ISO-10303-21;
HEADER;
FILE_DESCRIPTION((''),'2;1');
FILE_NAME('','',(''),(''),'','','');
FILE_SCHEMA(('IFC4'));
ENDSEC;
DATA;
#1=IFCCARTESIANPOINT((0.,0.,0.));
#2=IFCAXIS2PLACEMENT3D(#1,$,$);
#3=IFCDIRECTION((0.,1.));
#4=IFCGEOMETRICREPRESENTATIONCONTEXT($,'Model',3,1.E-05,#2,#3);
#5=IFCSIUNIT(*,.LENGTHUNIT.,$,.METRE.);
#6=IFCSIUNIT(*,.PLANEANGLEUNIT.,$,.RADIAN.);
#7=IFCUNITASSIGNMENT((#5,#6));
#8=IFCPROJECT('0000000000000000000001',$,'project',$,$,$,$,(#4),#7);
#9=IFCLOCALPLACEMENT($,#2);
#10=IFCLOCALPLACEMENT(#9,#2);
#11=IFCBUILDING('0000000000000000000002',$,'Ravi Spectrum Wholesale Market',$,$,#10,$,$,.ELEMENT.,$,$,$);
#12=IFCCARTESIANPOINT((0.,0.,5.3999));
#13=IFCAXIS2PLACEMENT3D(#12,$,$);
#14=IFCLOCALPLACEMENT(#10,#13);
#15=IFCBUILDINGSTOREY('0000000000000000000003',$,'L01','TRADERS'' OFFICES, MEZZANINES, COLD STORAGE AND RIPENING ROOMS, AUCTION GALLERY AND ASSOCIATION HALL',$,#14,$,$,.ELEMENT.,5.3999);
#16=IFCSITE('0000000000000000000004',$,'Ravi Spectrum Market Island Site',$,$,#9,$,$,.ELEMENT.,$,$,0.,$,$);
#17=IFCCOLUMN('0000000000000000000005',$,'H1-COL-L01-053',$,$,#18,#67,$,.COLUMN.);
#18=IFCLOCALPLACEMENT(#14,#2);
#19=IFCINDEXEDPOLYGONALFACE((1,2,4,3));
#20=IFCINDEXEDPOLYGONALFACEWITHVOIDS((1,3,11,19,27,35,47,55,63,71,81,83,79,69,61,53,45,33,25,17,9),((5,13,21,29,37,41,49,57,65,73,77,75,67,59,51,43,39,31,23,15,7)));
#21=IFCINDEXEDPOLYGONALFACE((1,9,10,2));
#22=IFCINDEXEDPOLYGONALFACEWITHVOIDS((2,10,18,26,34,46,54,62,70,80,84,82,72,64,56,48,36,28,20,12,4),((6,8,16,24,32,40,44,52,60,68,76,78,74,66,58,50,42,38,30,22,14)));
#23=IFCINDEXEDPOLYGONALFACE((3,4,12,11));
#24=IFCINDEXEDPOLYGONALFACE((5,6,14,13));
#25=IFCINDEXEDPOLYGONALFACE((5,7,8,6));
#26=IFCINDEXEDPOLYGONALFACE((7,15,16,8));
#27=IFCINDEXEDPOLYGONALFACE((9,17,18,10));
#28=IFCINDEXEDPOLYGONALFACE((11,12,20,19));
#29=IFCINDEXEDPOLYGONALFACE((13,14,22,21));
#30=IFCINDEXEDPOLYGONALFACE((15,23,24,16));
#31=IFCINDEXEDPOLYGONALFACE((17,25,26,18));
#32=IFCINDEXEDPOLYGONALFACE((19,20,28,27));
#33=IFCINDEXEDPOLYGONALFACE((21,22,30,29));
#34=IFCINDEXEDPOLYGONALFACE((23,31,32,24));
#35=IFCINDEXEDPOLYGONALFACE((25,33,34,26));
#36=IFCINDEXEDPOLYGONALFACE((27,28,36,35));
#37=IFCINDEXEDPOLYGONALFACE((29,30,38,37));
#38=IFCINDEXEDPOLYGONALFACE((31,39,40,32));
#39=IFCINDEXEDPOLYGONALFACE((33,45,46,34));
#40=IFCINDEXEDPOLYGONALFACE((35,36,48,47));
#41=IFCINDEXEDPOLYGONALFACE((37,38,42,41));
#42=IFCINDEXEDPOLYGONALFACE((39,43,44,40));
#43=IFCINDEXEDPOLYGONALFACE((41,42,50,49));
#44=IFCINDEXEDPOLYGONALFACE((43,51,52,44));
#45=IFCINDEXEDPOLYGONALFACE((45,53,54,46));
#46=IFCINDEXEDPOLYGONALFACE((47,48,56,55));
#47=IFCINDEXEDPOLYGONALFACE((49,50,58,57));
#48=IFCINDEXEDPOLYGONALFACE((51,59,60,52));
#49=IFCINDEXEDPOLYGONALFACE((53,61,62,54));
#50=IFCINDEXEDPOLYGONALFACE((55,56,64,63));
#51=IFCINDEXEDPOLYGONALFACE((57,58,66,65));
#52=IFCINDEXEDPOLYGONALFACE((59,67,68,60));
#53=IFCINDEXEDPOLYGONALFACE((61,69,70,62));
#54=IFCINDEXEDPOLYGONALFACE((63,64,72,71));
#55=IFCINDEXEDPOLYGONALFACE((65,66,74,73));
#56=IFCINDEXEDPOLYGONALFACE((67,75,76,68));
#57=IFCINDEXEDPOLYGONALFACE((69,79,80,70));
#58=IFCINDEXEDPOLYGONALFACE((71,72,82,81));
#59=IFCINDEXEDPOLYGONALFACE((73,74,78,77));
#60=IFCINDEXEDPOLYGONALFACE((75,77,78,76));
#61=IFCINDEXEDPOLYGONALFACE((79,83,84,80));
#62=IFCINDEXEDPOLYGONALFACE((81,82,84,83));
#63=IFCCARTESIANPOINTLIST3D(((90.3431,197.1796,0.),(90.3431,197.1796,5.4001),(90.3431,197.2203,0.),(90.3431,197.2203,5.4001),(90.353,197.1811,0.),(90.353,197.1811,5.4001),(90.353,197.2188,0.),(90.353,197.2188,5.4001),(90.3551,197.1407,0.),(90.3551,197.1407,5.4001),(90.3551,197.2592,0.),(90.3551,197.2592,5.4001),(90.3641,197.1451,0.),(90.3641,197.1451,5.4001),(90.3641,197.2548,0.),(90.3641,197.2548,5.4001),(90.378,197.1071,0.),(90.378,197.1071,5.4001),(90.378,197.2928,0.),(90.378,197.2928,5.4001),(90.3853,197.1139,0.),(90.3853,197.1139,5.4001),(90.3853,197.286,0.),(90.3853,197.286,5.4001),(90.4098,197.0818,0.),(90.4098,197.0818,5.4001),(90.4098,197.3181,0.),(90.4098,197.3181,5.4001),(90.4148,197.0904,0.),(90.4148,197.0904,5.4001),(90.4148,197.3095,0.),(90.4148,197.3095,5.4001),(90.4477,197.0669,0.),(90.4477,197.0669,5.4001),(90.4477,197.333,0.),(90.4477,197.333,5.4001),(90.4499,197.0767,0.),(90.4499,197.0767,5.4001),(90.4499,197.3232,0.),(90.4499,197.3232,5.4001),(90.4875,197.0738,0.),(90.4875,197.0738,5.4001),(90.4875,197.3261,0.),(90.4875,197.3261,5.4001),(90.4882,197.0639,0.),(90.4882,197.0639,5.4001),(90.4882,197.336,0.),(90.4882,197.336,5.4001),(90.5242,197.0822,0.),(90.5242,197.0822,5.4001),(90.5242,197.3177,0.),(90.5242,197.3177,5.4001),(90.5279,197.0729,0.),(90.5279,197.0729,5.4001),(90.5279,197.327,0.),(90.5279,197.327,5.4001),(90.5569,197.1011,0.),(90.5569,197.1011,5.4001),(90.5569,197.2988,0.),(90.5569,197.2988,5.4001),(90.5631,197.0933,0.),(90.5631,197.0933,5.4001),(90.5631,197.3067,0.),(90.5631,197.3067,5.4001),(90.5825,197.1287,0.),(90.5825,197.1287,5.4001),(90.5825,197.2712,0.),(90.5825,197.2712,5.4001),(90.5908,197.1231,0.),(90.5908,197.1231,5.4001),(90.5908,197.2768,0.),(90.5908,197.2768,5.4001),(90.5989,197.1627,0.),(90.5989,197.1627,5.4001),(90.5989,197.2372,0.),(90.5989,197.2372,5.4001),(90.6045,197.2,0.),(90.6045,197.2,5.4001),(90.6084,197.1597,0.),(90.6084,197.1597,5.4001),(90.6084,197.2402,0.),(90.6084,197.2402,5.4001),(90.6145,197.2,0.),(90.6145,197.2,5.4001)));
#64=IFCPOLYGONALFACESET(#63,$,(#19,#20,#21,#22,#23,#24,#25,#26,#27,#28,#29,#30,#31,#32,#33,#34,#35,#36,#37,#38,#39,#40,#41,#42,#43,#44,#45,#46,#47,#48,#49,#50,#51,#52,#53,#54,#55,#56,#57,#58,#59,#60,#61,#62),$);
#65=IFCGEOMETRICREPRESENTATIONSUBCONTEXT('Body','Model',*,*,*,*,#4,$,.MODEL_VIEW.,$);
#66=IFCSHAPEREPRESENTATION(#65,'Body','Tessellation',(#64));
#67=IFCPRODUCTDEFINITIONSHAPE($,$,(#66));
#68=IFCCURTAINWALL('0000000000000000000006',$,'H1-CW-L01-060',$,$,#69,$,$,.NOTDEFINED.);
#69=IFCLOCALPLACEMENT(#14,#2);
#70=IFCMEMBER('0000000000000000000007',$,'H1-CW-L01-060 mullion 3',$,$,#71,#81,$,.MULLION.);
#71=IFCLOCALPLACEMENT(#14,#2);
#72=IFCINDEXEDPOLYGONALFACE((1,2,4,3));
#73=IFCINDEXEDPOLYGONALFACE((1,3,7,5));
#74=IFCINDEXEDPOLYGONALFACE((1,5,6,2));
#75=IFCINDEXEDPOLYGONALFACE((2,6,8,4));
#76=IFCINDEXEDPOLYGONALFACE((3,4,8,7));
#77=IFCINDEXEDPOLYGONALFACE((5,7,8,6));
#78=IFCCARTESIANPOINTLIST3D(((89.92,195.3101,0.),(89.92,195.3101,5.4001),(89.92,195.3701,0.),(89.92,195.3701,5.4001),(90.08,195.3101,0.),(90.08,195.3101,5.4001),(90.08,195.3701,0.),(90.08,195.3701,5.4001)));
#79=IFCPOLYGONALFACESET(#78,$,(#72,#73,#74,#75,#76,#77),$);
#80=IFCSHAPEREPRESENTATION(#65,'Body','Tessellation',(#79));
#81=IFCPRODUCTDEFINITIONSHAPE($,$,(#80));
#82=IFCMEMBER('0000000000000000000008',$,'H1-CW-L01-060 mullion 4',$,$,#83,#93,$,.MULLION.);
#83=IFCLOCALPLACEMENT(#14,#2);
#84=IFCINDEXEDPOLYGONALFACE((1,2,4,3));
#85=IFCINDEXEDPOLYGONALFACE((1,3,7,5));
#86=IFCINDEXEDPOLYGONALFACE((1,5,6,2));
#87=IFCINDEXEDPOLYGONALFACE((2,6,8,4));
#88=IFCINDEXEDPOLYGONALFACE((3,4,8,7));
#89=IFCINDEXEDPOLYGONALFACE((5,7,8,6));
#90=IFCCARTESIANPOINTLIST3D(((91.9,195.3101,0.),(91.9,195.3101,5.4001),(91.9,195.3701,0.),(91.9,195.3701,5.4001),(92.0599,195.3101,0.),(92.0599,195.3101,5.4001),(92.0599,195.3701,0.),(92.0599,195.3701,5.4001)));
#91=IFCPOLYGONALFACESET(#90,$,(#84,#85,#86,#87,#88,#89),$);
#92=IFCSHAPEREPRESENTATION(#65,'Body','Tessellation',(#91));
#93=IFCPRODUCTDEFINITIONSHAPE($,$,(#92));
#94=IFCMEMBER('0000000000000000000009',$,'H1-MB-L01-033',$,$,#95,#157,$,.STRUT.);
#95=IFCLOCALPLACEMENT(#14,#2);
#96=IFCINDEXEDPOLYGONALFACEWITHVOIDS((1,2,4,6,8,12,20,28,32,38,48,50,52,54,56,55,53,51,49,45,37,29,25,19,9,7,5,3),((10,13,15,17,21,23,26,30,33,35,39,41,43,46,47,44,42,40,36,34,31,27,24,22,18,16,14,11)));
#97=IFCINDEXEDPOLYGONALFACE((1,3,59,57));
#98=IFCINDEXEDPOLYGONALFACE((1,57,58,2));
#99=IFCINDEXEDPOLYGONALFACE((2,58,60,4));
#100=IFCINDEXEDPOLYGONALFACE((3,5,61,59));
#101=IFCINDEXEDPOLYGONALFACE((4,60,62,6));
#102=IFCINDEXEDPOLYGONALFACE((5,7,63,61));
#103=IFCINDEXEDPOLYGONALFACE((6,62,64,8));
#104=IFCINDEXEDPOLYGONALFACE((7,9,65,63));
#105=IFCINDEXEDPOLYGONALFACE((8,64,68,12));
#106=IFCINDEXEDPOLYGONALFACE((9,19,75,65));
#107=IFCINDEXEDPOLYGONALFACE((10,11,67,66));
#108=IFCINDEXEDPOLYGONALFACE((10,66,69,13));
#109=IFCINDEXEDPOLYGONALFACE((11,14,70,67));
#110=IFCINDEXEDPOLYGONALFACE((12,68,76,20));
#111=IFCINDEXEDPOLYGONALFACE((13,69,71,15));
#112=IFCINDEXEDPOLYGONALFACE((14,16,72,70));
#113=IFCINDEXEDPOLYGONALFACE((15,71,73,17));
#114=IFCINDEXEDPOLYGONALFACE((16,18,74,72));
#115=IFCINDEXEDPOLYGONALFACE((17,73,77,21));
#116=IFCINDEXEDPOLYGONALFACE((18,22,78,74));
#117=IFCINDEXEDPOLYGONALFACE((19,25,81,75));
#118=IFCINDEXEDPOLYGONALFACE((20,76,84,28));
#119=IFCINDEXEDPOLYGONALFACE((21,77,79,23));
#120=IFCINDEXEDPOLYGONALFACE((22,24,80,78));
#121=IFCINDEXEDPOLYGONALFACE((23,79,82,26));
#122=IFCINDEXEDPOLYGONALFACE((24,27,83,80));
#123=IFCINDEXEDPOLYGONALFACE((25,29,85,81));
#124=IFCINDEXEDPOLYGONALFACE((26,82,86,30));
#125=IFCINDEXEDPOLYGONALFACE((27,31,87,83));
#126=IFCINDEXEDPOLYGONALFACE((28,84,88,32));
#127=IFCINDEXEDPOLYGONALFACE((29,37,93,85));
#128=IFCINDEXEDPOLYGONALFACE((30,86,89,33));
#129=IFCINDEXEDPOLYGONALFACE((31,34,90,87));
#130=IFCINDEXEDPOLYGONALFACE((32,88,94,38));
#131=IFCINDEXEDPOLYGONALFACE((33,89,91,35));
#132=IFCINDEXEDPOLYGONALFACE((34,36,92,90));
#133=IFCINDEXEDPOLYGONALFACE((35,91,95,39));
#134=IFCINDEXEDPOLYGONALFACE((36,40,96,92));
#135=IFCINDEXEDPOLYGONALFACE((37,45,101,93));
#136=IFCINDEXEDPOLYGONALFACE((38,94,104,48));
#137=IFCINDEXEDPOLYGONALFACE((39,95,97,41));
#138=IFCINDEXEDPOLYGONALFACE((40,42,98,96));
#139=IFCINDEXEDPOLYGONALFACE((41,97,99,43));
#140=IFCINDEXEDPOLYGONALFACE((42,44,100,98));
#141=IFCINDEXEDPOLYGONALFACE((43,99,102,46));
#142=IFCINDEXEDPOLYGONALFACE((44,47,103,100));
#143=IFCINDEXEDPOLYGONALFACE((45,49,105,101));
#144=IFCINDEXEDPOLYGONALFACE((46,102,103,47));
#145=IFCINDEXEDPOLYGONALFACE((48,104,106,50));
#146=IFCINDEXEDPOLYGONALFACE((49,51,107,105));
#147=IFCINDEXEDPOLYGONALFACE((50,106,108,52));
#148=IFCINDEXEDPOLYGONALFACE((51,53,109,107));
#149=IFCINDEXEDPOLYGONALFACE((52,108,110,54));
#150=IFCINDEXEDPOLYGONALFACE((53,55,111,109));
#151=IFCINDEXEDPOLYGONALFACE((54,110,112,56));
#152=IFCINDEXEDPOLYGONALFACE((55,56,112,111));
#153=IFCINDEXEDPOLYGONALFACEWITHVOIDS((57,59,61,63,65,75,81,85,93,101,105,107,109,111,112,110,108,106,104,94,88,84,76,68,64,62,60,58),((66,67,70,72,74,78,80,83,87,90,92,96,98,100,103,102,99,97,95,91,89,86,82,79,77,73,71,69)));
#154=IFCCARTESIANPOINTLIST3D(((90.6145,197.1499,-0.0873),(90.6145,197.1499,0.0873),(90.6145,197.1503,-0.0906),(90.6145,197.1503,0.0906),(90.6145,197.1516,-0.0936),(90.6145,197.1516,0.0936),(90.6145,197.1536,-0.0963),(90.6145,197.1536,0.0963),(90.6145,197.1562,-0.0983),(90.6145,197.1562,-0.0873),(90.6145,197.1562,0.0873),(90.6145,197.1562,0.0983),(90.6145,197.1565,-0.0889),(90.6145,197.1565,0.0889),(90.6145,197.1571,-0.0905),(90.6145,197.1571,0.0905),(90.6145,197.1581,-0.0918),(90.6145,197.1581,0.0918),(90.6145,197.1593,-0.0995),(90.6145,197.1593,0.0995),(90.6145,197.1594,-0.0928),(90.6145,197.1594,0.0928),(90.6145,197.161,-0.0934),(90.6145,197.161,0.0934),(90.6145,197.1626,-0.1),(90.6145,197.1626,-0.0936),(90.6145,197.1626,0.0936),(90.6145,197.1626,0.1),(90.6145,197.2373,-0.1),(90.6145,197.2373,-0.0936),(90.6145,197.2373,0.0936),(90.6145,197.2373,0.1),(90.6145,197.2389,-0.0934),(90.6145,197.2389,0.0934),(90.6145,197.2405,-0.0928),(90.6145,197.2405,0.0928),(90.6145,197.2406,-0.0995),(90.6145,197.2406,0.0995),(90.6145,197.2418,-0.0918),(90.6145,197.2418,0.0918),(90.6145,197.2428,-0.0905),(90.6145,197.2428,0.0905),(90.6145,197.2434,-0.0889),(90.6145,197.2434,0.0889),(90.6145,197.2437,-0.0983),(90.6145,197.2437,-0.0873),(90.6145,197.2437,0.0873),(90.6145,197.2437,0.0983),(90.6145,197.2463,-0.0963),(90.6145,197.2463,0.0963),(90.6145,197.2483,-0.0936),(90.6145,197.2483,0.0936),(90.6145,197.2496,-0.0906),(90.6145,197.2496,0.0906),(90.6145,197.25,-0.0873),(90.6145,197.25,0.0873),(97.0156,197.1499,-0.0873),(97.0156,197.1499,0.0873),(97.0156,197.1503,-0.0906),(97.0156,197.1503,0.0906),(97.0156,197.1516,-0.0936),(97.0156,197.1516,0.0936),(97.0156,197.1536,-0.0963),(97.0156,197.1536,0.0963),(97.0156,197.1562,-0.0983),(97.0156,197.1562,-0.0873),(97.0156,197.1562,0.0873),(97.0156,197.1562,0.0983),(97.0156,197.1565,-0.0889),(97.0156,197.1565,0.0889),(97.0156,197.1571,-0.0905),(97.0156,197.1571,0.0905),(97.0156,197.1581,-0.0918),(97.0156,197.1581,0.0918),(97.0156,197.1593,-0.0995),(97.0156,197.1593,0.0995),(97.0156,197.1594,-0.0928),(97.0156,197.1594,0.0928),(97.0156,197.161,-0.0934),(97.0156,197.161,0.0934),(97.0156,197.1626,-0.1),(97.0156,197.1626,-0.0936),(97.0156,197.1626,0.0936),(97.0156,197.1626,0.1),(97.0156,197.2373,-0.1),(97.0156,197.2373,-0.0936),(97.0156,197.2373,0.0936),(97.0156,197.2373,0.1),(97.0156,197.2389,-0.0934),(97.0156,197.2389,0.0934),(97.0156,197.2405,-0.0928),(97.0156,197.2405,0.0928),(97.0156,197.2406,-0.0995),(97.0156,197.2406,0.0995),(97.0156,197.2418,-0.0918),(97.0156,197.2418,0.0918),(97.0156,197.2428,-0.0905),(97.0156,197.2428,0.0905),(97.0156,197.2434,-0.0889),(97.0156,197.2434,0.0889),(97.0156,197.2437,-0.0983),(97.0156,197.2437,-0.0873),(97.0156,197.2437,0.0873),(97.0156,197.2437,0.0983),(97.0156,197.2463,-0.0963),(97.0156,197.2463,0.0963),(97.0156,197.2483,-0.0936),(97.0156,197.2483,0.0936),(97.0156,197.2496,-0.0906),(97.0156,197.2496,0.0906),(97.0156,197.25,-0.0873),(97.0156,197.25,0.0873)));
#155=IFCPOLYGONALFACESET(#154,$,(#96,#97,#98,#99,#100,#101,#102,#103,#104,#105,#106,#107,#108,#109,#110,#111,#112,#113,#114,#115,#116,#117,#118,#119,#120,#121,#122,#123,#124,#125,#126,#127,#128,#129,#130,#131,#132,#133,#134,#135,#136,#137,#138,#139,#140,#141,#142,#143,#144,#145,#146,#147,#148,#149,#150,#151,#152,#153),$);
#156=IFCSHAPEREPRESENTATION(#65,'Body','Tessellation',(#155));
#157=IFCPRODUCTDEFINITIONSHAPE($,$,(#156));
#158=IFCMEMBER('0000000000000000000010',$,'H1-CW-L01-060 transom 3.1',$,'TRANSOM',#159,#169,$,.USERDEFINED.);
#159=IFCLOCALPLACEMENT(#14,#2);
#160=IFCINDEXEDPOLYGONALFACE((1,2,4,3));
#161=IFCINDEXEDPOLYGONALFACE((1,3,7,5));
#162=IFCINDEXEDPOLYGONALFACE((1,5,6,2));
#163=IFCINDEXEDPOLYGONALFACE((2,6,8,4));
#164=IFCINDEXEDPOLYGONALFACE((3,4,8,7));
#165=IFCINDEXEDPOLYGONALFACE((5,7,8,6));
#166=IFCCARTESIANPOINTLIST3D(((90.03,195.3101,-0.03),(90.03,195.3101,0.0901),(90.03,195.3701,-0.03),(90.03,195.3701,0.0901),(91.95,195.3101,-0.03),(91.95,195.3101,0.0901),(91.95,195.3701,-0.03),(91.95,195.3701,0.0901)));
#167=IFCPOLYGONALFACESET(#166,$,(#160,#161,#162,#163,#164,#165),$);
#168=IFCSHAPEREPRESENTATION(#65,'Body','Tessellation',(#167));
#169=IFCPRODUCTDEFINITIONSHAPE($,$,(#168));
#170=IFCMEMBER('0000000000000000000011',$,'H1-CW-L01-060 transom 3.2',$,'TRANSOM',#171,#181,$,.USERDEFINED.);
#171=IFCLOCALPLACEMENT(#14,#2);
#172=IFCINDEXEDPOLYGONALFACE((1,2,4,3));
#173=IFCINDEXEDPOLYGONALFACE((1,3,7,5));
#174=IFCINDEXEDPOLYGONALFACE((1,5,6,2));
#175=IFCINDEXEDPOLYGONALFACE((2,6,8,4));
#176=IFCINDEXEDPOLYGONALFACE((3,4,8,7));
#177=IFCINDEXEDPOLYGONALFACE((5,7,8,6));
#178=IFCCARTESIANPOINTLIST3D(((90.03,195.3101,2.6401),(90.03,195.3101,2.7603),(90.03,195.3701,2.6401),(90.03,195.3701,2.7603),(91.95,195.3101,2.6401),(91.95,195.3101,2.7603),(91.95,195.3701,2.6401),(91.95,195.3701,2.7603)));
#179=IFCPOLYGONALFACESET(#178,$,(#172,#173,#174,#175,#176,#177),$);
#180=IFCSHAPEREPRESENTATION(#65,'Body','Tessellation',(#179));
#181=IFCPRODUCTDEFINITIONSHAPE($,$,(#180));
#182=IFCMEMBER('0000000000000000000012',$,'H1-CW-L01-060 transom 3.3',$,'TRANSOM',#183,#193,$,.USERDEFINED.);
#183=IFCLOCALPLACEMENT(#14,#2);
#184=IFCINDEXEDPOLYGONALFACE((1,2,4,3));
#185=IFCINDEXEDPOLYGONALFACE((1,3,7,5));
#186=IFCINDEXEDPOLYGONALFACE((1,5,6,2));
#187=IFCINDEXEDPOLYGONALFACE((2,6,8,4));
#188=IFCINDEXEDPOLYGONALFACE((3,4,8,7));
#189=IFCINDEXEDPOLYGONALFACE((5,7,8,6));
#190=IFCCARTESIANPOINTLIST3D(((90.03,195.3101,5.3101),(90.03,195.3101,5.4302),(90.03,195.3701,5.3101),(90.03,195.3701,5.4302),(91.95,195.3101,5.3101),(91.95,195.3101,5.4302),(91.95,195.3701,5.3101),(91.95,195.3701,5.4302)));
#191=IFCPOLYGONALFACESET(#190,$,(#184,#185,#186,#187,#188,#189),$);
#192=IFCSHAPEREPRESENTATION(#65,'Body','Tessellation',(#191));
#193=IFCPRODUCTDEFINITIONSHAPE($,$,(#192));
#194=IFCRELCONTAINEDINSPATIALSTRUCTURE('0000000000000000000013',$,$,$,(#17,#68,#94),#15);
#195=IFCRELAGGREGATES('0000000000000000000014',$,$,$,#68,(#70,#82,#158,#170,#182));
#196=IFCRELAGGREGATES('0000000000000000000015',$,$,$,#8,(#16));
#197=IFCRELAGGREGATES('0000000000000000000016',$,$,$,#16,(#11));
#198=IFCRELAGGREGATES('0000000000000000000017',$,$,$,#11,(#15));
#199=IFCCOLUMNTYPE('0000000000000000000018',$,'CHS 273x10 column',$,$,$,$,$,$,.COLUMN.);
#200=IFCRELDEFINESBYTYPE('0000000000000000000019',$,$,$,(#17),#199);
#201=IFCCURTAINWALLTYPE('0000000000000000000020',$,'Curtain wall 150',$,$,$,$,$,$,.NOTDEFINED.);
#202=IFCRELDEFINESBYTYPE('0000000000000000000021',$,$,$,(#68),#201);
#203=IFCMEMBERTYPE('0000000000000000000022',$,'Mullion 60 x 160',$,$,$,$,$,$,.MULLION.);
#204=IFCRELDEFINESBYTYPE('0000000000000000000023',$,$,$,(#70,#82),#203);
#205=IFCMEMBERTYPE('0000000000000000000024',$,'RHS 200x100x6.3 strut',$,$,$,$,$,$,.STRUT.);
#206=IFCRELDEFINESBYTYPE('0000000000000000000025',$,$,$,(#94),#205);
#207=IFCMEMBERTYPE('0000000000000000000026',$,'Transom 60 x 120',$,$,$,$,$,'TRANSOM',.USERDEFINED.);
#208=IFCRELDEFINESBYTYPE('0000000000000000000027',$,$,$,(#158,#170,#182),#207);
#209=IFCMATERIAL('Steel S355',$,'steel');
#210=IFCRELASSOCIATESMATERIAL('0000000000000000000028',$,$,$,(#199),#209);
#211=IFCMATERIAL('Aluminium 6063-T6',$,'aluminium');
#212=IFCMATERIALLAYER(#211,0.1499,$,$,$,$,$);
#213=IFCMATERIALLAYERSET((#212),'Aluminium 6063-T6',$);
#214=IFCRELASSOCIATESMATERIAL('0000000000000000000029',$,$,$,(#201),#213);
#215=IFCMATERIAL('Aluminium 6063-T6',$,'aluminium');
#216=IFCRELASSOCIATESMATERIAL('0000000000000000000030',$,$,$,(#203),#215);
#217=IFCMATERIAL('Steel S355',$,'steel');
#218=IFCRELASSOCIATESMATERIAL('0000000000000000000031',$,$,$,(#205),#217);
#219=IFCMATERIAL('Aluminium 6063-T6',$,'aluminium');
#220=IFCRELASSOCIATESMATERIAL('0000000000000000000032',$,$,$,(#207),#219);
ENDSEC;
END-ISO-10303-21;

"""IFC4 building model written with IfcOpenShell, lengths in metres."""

from ifc_helpers import new_model, si_unit, direction, frame, origin, origin_2d, place, context, subcontext, project, spatial, rectangle, hollow_rectangle, hollow_circle, extrude, material, layer, layer_set, material_profile, profile_set, type_object, element, aggregate, save


model = new_model("IFC4")

# Units and contexts
model_context = context("Model", 3, precision=1e-05, world=origin(), true_north=direction((0.0, 1.0)))
body_context = subcontext(model_context, "Body", "Model", "MODEL_VIEW")
ifc_project = project(units=[si_unit("LENGTHUNIT", "METRE"), si_unit("PLANEANGLEUNIT", "RADIAN")], contexts=[model_context])

# Site, building, storey
site_placement = place(None, origin())
site = spatial("IfcSite", under=ifc_project, at=site_placement, Name="Ravi Spectrum Market Island Site", CompositionType="ELEMENT", RefElevation=0.0)
building_placement = place(site_placement, origin())
building = spatial("IfcBuilding", under=site, at=building_placement, Name="Ravi Spectrum Wholesale Market", CompositionType="ELEMENT")
storey_placement = place(building_placement, frame((0.0, 0.0, 5.3999)))
storey = spatial("IfcBuildingStorey", under=building, at=storey_placement, Name="L01", Description="TRADERS' OFFICES, MEZZANINES, COLD STORAGE AND RIPENING ROOMS, AUCTION GALLERY AND ASSOCIATION HALL", CompositionType="ELEMENT", Elevation=5.3999)

# Column
ifc_material_1 = material(Name="Steel S355", Category="steel")
ifc_material_profile_1 = material_profile(ifc_material_1, hollow_circle(Radius=0.1365, WallThickness=0.01, at=origin_2d()))
ifc_profile_set_1 = profile_set([ifc_material_profile_1], Name="Steel S355")
column_type = type_object("IfcColumnType", Name="CHS 273x10 column", PredefinedType="COLUMN", material=ifc_profile_set_1)
column_placement = place(storey_placement, frame((90.478, 197.2, 0.0), z_axis=(0.0, 0.0, 1.0), x_axis=(1.0, 0.0, 0.0)))
element("IfcColumn", 1, at=column_placement, inside=storey, type_object=column_type, Name="H1-COL-L01-053", PredefinedType="COLUMN", context=body_context, shape_type="SweptSolid", body=[
    extrude(hollow_circle(Radius=0.1365, WallThickness=0.01, at=origin_2d()), origin(), (0.0, 0.0, 1.0), 5.4001),
])

# Curtain wall, members
ifc_material_2 = material(Name="Aluminium 6063-T6", Category="aluminium")
ifc_layer_1 = layer(ifc_material_2, 0.1499)
ifc_layer_set_1 = layer_set([ifc_layer_1], Name="Aluminium 6063-T6")
curtain_wall_type = type_object("IfcCurtainWallType", Name="Curtain wall 150", PredefinedType="NOTDEFINED", material=ifc_layer_set_1)
curtain_wall_placement = place(storey_placement, origin())
curtain_wall = element("IfcCurtainWall", 2, at=curtain_wall_placement, inside=storey, type_object=curtain_wall_type, Name="H1-CW-L01-060", PredefinedType="NOTDEFINED")
ifc_material_3 = material(Name="Aluminium 6063-T6", Category="aluminium")
ifc_material_profile_2 = material_profile(ifc_material_3, rectangle(XDim=0.0601, YDim=0.1599, at=origin_2d()))
ifc_profile_set_2 = profile_set([ifc_material_profile_2], Name="Aluminium 6063-T6")
member_type_1 = type_object("IfcMemberType", Name="Mullion 60 x 160", PredefinedType="MULLION", material=ifc_profile_set_2)
member_1_placement = place(storey_placement, frame((90.0, 195.3401, 0.0), z_axis=(0.0, 0.0, 1.0), x_axis=(0.0, 1.0, 0.0)))
member_1 = element("IfcMember", 3, at=member_1_placement, type_object=member_type_1, Name="H1-CW-L01-060 mullion 3", PredefinedType="MULLION", context=body_context, shape_type="SweptSolid", body=[
    extrude(rectangle(XDim=0.0601, YDim=0.1599, at=origin_2d()), origin(), (0.0, 0.0, 1.0), 5.4001),
])
member_2_placement = place(storey_placement, frame((91.98, 195.3401, 0.0), z_axis=(0.0, 0.0, 1.0), x_axis=(0.0, 1.0, 0.0)))
member_2 = element("IfcMember", 4, at=member_2_placement, type_object=member_type_1, Name="H1-CW-L01-060 mullion 4", PredefinedType="MULLION", context=body_context, shape_type="SweptSolid", body=[
    extrude(rectangle(XDim=0.0601, YDim=0.1599, at=origin_2d()), origin(), (0.0, 0.0, 1.0), 5.4001),
])

# Members
ifc_material_4 = material(Name="Steel S355", Category="steel")
ifc_material_profile_3 = material_profile(ifc_material_4, hollow_rectangle(XDim=0.1001, YDim=0.2, WallThickness=0.0063, InnerFilletRadius=0.0063, OuterFilletRadius=0.0127, at=origin_2d()))
ifc_profile_set_3 = profile_set([ifc_material_profile_3], Name="Steel S355")
member_type_2 = type_object("IfcMemberType", Name="RHS 200x100x6.3 strut", PredefinedType="STRUT", material=ifc_profile_set_3)
member_3_placement = place(storey_placement, frame((90.6145, 197.2, 0.0), z_axis=(1.0, 0.0, 0.0), x_axis=(0.0, 1.0, 0.0)))
element("IfcMember", 5, at=member_3_placement, inside=storey, type_object=member_type_2, Name="H1-MB-L01-033", PredefinedType="STRUT", context=body_context, shape_type="SweptSolid", body=[
    extrude(hollow_rectangle(XDim=0.1001, YDim=0.2, WallThickness=0.0063, InnerFilletRadius=0.0063, OuterFilletRadius=0.0127, at=origin_2d()), origin(), (0.0, 0.0, 1.0), 6.4011),
])
ifc_material_5 = material(Name="Aluminium 6063-T6", Category="aluminium")
ifc_material_profile_4 = material_profile(ifc_material_5, rectangle(XDim=0.0601, YDim=0.1201, at=origin_2d()))
ifc_profile_set_4 = profile_set([ifc_material_profile_4], Name="Aluminium 6063-T6")
member_type_3 = type_object("IfcMemberType", Name="Transom 60 x 120", ElementType="TRANSOM", PredefinedType="USERDEFINED", material=ifc_profile_set_4)
member_4_placement = place(storey_placement, frame((90.03, 195.3401, 0.03), z_axis=(1.0, 0.0, 0.0), x_axis=(0.0, 1.0, 0.0)))
member_4 = element("IfcMember", 6, at=member_4_placement, type_object=member_type_3, Name="H1-CW-L01-060 transom 3.1", ObjectType="TRANSOM", PredefinedType="USERDEFINED", context=body_context, shape_type="SweptSolid", body=[
    extrude(rectangle(XDim=0.0601, YDim=0.1201, at=origin_2d()), origin(), (0.0, 0.0, 1.0), 1.9199),
])
member_5_placement = place(storey_placement, frame((90.03, 195.3401, 2.7002), z_axis=(1.0, 0.0, 0.0), x_axis=(0.0, 1.0, 0.0)))
member_5 = element("IfcMember", 7, at=member_5_placement, type_object=member_type_3, Name="H1-CW-L01-060 transom 3.2", ObjectType="TRANSOM", PredefinedType="USERDEFINED", context=body_context, shape_type="SweptSolid", body=[
    extrude(rectangle(XDim=0.0601, YDim=0.1201, at=origin_2d()), origin(), (0.0, 0.0, 1.0), 1.9199),
])
member_6_placement = place(storey_placement, frame((90.03, 195.3401, 5.3701), z_axis=(1.0, 0.0, 0.0), x_axis=(0.0, 1.0, 0.0)))
member_6 = element("IfcMember", 8, at=member_6_placement, type_object=member_type_3, Name="H1-CW-L01-060 transom 3.3", ObjectType="TRANSOM", PredefinedType="USERDEFINED", context=body_context, shape_type="SweptSolid", body=[
    extrude(rectangle(XDim=0.0601, YDim=0.1201, at=origin_2d()), origin(), (0.0, 0.0, 1.0), 1.9199),
])

aggregate(curtain_wall, [member_1, member_2, member_4, member_5, member_6])

save(model, "model.ifc")
